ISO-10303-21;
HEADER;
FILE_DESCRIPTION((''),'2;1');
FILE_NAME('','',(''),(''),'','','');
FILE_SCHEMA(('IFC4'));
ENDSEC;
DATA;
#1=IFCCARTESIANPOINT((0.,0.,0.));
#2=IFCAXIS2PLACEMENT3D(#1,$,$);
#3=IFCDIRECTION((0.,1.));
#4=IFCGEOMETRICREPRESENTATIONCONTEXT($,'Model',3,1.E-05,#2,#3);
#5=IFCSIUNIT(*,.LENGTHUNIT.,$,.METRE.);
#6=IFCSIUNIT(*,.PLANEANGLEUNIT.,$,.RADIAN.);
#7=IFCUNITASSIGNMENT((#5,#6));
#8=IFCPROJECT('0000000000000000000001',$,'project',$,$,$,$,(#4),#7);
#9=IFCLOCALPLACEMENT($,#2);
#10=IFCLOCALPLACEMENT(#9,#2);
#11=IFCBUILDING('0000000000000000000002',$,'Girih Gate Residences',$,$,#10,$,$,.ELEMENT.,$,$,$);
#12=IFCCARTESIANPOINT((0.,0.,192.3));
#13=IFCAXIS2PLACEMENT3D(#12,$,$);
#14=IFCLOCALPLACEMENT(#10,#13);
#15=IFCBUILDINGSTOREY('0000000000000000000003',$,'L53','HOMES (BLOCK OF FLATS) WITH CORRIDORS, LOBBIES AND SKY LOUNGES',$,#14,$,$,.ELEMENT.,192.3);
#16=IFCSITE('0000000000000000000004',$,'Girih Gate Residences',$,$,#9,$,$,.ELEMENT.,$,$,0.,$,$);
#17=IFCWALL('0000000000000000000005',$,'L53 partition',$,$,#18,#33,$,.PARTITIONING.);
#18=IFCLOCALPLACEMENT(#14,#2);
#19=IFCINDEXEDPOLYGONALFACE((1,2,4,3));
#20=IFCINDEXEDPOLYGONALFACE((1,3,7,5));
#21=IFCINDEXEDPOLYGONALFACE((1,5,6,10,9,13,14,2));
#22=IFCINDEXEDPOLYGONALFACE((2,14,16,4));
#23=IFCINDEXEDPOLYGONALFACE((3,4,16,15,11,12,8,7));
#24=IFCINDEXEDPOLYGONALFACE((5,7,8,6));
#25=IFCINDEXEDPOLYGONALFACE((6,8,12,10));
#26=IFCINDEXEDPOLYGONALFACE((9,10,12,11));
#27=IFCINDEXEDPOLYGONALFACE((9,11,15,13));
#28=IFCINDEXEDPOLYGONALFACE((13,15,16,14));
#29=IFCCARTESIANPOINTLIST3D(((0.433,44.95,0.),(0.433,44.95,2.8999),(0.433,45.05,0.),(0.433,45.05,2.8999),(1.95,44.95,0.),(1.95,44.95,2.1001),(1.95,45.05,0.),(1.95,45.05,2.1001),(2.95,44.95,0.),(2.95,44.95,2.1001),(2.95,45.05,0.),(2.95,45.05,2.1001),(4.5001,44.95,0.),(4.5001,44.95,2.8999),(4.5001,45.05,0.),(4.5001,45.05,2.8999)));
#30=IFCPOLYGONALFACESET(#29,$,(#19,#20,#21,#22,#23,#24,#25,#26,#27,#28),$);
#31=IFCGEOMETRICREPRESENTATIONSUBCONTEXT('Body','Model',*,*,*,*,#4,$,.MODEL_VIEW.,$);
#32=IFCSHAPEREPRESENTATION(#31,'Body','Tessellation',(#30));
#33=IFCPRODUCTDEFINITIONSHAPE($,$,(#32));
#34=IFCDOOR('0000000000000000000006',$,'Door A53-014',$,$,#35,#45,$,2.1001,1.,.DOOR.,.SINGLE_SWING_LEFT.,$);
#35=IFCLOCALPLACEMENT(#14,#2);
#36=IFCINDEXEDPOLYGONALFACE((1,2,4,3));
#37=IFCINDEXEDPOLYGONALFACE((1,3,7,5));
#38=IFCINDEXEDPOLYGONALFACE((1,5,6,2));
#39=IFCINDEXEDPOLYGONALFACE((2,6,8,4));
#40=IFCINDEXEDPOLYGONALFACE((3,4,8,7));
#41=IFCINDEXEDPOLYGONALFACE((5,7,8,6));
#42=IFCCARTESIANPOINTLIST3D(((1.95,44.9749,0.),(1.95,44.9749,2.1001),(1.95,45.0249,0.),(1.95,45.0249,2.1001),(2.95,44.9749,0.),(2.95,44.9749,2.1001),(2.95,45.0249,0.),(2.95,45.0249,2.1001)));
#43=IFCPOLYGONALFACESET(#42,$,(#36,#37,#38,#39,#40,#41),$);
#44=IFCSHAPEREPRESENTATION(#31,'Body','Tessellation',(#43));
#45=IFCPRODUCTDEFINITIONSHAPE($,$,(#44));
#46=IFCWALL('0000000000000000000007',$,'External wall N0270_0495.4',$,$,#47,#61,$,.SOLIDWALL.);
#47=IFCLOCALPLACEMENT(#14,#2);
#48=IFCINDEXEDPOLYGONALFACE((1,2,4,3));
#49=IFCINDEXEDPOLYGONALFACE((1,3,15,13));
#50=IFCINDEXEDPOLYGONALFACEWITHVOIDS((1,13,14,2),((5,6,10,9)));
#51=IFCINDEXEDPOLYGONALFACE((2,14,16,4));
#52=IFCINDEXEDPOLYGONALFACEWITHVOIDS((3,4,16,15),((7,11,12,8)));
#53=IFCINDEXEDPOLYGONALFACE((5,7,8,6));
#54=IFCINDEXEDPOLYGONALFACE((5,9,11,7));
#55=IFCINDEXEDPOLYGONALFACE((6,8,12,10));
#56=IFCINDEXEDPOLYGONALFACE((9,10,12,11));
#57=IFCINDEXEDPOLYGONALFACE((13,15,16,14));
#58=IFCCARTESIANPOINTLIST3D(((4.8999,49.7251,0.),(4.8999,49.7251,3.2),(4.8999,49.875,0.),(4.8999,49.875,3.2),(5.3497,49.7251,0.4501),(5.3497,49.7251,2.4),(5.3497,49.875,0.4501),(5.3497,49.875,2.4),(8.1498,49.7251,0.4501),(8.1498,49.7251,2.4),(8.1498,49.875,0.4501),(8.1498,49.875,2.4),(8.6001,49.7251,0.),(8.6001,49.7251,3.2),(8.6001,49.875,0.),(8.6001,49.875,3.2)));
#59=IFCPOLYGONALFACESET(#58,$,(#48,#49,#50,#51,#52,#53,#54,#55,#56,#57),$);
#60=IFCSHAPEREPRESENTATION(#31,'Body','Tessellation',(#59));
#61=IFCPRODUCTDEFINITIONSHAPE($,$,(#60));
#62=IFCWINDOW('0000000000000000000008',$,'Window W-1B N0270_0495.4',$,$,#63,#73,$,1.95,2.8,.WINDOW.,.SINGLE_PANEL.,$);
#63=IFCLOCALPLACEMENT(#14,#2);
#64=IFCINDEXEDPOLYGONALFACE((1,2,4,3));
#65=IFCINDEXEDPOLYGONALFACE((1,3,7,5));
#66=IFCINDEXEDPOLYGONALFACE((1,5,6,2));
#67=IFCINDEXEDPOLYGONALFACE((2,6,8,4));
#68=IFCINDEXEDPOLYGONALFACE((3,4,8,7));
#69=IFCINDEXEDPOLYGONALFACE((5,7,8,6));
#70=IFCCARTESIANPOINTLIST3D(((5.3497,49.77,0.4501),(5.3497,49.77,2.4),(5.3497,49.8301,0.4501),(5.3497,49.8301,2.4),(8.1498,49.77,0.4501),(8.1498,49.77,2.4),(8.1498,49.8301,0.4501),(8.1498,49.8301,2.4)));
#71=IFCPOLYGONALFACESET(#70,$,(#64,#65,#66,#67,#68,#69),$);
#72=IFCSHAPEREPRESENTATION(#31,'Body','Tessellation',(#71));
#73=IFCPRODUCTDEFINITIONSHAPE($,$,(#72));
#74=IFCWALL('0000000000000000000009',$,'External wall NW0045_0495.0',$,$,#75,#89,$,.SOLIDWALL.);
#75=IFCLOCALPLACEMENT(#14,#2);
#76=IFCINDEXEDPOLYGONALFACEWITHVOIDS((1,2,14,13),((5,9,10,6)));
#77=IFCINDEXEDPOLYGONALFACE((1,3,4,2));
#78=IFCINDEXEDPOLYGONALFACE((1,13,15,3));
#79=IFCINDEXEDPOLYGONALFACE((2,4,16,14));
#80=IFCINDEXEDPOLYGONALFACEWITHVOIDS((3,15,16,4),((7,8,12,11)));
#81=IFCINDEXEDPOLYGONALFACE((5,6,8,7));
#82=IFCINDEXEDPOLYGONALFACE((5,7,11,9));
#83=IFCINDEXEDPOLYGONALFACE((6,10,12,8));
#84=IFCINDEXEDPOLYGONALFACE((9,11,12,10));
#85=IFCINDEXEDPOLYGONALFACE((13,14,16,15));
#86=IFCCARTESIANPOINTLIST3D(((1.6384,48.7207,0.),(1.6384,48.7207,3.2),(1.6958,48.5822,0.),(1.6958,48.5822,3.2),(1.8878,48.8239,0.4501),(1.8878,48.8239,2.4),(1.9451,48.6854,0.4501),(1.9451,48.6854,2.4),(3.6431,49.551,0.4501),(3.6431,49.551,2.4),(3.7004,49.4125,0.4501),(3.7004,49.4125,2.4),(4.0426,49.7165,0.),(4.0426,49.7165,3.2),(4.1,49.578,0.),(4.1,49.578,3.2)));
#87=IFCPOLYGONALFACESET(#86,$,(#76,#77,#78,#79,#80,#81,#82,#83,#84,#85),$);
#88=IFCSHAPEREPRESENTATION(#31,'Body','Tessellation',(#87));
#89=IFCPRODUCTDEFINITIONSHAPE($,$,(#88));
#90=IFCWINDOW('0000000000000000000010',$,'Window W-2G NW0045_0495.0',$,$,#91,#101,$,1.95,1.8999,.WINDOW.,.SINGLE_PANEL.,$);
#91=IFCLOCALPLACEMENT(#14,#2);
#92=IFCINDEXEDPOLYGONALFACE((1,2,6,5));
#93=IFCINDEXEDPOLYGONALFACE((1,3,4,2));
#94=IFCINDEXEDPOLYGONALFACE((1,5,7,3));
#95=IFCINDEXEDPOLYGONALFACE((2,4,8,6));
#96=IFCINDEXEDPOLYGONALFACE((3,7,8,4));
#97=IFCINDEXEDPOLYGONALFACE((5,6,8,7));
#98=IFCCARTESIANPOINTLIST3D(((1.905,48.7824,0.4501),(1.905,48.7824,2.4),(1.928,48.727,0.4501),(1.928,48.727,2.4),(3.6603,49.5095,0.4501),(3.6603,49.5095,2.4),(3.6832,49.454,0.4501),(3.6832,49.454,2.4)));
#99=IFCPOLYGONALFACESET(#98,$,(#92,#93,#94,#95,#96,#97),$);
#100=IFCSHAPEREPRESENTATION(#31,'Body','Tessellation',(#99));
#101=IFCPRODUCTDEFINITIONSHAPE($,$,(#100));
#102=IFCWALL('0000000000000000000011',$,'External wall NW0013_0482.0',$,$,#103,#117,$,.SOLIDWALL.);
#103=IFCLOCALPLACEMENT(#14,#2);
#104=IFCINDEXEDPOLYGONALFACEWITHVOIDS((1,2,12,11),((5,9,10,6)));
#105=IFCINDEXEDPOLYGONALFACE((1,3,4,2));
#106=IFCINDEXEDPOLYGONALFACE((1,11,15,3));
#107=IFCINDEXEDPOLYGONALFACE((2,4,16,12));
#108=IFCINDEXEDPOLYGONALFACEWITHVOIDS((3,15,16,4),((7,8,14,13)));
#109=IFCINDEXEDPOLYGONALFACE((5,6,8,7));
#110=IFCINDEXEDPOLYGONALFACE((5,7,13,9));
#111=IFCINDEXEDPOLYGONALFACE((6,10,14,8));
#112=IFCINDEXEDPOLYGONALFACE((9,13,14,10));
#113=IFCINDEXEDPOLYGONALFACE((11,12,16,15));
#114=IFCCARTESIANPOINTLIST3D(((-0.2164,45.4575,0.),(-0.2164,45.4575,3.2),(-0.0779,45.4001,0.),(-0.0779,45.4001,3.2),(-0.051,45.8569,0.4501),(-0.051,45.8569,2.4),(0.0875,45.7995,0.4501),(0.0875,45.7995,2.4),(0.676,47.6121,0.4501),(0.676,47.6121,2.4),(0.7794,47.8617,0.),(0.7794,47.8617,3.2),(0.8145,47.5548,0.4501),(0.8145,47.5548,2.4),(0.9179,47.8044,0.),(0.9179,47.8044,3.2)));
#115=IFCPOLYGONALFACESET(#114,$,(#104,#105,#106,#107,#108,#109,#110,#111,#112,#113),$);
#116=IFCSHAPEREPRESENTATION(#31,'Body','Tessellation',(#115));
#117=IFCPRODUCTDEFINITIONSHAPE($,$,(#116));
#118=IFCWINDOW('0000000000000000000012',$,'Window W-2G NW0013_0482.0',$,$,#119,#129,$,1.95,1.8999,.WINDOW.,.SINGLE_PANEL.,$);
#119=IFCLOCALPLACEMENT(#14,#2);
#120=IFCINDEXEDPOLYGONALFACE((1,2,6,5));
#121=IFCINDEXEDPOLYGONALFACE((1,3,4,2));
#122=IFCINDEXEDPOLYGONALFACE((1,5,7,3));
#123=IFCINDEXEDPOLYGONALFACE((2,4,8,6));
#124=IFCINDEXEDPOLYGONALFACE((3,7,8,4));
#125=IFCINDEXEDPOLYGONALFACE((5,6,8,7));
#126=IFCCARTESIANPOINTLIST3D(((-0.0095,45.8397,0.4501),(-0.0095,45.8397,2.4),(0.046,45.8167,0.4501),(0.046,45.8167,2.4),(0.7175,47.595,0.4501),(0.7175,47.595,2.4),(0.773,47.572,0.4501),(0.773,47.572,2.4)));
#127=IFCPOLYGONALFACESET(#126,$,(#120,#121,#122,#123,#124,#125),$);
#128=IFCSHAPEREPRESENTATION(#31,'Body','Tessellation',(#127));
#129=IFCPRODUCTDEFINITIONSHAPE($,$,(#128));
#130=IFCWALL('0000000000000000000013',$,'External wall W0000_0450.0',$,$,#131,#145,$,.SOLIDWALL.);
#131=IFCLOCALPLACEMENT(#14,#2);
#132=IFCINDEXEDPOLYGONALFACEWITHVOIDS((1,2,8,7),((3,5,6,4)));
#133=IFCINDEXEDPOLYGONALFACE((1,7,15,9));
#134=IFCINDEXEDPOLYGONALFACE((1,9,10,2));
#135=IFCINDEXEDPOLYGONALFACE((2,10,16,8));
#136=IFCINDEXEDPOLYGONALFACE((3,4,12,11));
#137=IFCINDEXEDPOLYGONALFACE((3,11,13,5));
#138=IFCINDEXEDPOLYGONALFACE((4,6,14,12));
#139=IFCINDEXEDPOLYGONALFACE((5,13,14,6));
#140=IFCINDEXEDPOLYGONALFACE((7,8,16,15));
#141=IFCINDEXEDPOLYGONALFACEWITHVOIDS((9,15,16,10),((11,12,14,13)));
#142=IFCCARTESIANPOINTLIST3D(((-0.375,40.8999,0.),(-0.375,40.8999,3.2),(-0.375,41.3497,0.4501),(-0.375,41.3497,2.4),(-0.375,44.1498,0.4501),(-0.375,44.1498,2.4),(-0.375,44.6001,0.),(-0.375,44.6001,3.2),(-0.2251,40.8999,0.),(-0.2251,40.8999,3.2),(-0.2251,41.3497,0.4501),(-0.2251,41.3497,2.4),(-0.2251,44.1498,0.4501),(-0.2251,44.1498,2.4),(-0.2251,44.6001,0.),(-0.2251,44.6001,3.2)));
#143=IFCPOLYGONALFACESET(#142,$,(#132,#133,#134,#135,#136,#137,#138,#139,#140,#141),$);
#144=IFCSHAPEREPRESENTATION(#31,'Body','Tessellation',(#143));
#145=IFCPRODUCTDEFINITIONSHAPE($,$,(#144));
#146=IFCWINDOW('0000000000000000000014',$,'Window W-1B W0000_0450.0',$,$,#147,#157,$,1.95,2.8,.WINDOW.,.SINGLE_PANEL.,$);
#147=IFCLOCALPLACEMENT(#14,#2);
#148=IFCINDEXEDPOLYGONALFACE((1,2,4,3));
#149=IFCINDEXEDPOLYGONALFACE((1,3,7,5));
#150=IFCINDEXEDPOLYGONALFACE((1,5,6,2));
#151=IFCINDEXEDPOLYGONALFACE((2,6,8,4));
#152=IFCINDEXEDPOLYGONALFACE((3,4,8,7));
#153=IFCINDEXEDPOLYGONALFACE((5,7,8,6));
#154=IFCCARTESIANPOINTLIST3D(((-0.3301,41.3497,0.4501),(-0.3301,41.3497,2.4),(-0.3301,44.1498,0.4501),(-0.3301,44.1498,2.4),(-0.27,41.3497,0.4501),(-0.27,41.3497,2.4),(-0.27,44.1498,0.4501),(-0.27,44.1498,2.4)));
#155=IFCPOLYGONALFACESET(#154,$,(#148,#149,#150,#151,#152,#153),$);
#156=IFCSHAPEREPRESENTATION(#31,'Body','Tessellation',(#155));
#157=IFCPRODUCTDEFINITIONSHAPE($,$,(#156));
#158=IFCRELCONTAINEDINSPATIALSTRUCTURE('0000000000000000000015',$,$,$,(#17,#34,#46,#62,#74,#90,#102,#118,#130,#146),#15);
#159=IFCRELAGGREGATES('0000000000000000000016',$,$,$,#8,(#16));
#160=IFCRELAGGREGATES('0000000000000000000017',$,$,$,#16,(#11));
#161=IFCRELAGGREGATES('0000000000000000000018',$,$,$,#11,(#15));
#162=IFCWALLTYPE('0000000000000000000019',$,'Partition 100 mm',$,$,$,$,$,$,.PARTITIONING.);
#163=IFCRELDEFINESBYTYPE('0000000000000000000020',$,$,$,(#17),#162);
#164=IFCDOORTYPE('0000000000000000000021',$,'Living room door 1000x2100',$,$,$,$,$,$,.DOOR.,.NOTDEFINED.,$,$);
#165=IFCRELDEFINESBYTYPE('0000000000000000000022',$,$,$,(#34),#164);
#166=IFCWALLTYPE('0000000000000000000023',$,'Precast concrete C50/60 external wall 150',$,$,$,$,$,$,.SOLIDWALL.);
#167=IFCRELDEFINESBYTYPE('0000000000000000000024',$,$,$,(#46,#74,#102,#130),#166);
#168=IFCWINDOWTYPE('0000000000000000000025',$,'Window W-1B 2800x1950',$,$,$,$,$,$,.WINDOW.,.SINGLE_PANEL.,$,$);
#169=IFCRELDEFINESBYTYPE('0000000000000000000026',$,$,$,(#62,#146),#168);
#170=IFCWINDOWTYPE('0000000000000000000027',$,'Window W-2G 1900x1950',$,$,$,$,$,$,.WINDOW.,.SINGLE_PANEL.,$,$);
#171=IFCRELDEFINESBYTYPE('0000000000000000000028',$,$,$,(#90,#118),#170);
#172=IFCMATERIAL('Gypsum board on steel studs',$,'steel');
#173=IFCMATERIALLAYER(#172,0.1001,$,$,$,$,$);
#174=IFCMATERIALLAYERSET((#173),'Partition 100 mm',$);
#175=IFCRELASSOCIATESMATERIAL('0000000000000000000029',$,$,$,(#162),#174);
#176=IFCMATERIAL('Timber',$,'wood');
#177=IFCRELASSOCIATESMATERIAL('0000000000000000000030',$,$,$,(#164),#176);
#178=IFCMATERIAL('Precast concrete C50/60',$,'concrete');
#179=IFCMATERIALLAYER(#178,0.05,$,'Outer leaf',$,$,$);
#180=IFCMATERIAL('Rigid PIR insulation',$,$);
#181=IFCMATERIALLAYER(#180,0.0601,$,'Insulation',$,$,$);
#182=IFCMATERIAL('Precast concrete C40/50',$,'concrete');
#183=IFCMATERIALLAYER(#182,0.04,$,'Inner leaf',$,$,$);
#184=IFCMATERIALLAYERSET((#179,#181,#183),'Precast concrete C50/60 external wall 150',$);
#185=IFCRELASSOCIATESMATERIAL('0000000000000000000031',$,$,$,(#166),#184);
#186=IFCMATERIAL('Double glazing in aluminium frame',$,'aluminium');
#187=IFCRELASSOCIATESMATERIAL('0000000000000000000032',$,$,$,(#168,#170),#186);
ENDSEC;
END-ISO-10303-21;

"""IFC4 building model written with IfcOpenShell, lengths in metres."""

from ifc_helpers import new_model, si_unit, direction, frame, frame_2d, origin, place, context, subcontext, project, spatial, rectangle, extrude, material, layer, layer_set, type_object, element, fill, save


model = new_model("IFC4")

# Units and contexts
model_context = context("Model", 3, precision=1e-05, world=origin(), true_north=direction((0.0, 1.0)))
body_context = subcontext(model_context, "Body", "Model", "MODEL_VIEW")
ifc_project = project(units=[si_unit("LENGTHUNIT", "METRE"), si_unit("PLANEANGLEUNIT", "RADIAN")], contexts=[model_context])

# Site, building, storey
site_placement = place(None, origin())
site = spatial("IfcSite", under=ifc_project, at=site_placement, Name="Girih Gate Residences", CompositionType="ELEMENT", RefElevation=0.0)
building_placement = place(site_placement, origin())
building = spatial("IfcBuilding", under=site, at=building_placement, Name="Girih Gate Residences", CompositionType="ELEMENT")
storey_placement = place(building_placement, frame((0.0, 0.0, 192.3)))
storey = spatial("IfcBuildingStorey", under=building, at=storey_placement, Name="L53", Description="HOMES (BLOCK OF FLATS) WITH CORRIDORS, LOBBIES AND SKY LOUNGES", CompositionType="ELEMENT", Elevation=192.3)

# Shared definitions
ifc_material_1 = material(Name="Gypsum board on steel studs", Category="steel")

# Shared definitions
ifc_material_2 = material(Name="Timber", Category="wood")
ifc_layer_1 = layer(ifc_material_1, 0.1001)
ifc_layer_set_1 = layer_set([ifc_layer_1], Name="Partition 100 mm")
wall_type_1 = type_object("IfcWallType", Name="Partition 100 mm", PredefinedType="PARTITIONING", material=ifc_layer_set_1)

# Wall, opening, door
wall_1_placement = place(storey_placement, frame((0.4329, 45.0, 0.0), z_axis=(0.0, 0.0, 1.0), x_axis=(1.0, 0.0, 0.0)))
wall_1 = element("IfcWall", 1, at=wall_1_placement, inside=storey, type_object=wall_type_1, Name="L53 partition", PredefinedType="PARTITIONING", context=body_context, shape_type="SweptSolid", body=[
    extrude(rectangle(XDim=4.0671, YDim=0.1001, at=frame_2d((2.0337, 0.0))), origin(), (0.0, 0.0, 1.0), 2.8999),
])
opening_1_placement = place(wall_1_placement, frame((1.5171, 0.0, 0.0)))
opening_1 = element("IfcOpeningElement", 2, at=opening_1_placement, cuts=wall_1, PredefinedType="OPENING", context=body_context, shape_type="SweptSolid", body=[
    extrude(rectangle(XDim=1.0, YDim=2.1001, at=frame_2d((0.5, 1.05))), frame((0.0, 0.0601, 0.0), z_axis=(0.0, -1.0, 0.0), x_axis=(1.0, 0.0, 0.0)), (0.0, 0.0, 1.0), 0.1201),
])
door_type_1 = type_object("IfcDoorType", Name="Living room door 1000x2100", OperationType="NOTDEFINED", PredefinedType="DOOR", material=ifc_material_2)
door_1_placement = place(opening_1_placement, origin())
door_1 = element("IfcDoor", 3, at=door_1_placement, inside=storey, type_object=door_type_1, Name="Door A53-014", OperationType="SINGLE_SWING_LEFT", OverallHeight=2.1001, OverallWidth=1.0, PredefinedType="DOOR", context=body_context, shape_type="SweptSolid", body=[
    extrude(rectangle(XDim=1.0, YDim=2.1001, at=frame_2d((0.5, 1.05))), frame((0.0, 0.0249, 0.0), z_axis=(0.0, -1.0, 0.0), x_axis=(1.0, 0.0, 0.0)), (0.0, 0.0, 1.0), 0.05),
])
fill(opening_1, door_1)

# Walls, openings, windows
ifc_material_3 = material(Name="Precast concrete C50/60", Category="concrete")
ifc_layer_2 = layer(ifc_material_3, 0.05, Name="Outer leaf")
ifc_material_4 = material(Name="Rigid PIR insulation")
ifc_layer_3 = layer(ifc_material_4, 0.0601, Name="Insulation")
ifc_material_5 = material(Name="Precast concrete C40/50", Category="concrete")
ifc_layer_4 = layer(ifc_material_5, 0.04, Name="Inner leaf")
ifc_layer_set_2 = layer_set([ifc_layer_2, ifc_layer_3, ifc_layer_4], Name="Precast concrete C50/60 external wall 150")
wall_type_2 = type_object("IfcWallType", Name="Precast concrete C50/60 external wall 150", PredefinedType="SOLIDWALL", material=ifc_layer_set_2)
wall_2_placement = place(storey_placement, frame((4.8999, 49.8, 0.0), z_axis=(0.0, 0.0, 1.0), x_axis=(1.0, 0.0, 0.0)))
wall_2 = element("IfcWall", 4, at=wall_2_placement, inside=storey, type_object=wall_type_2, Name="External wall N0270_0495.4", PredefinedType="SOLIDWALL", context=body_context, shape_type="SweptSolid", body=[
    extrude(rectangle(XDim=3.7002, YDim=0.1499, at=frame_2d((1.8501, 0.0))), origin(), (0.0, 0.0, 1.0), 3.2),
])
opening_2_placement = place(wall_2_placement, frame((0.45, 0.0, 0.45)))
opening_2 = element("IfcOpeningElement", 5, at=opening_2_placement, cuts=wall_2, PredefinedType="OPENING", context=body_context, shape_type="SweptSolid", body=[
    extrude(rectangle(XDim=2.8, YDim=1.95, at=frame_2d((1.3999, 0.9751))), frame((0.0, 0.085, 0.0), z_axis=(0.0, -1.0, 0.0), x_axis=(1.0, 0.0, 0.0)), (0.0, 0.0, 1.0), 0.1699),
])
ifc_material_6 = material(Name="Double glazing in aluminium frame", Category="aluminium")
window_type_1 = type_object("IfcWindowType", Name="Window W-1B 2800x1950", PartitioningType="SINGLE_PANEL", PredefinedType="WINDOW", material=ifc_material_6)
window_1_placement = place(opening_2_placement, origin())
window_1 = element("IfcWindow", 6, at=window_1_placement, inside=storey, type_object=window_type_1, Name="Window W-1B N0270_0495.4", OverallHeight=1.95, OverallWidth=2.8, PartitioningType="SINGLE_PANEL", PredefinedType="WINDOW", context=body_context, shape_type="SweptSolid", body=[
    extrude(rectangle(XDim=2.8, YDim=1.95, at=frame_2d((1.3999, 0.9751))), frame((0.0, 0.03, 0.0), z_axis=(0.0, -1.0, 0.0), x_axis=(1.0, 0.0, 0.0)), (0.0, 0.0, 1.0), 0.0601),
])
fill(opening_2, window_1)
wall_3_placement = place(storey_placement, frame((1.667, 48.6514, 0.0), z_axis=(0.0, 0.0, 1.0), x_axis=(0.923885, 0.382669, 0.0)))
wall_3 = element("IfcWall", 7, at=wall_3_placement, inside=storey, type_object=wall_type_2, Name="External wall NW0045_0495.0", PredefinedType="SOLIDWALL", context=body_context, shape_type="SweptSolid", body=[
    extrude(rectangle(XDim=2.6023, YDim=0.1499, at=frame_2d((1.3013, 0.0))), origin(), (0.0, 0.0, 1.0), 3.2),
])
opening_3_placement = place(wall_3_placement, frame((0.27, 0.0, 0.45)))
opening_3 = element("IfcOpeningElement", 8, at=opening_3_placement, cuts=wall_3, PredefinedType="OPENING", context=body_context, shape_type="SweptSolid", body=[
    extrude(rectangle(XDim=1.8999, YDim=1.95, at=frame_2d((0.95, 0.9751))), frame((0.0, 0.085, 0.0), z_axis=(0.0, -1.0, 0.0), x_axis=(1.0, 0.0, 0.0)), (0.0, 0.0, 1.0), 0.1699),
])
window_type_2 = type_object("IfcWindowType", Name="Window W-2G 1900x1950", PartitioningType="SINGLE_PANEL", PredefinedType="WINDOW", material=ifc_material_6)
window_2_placement = place(opening_3_placement, origin())
window_2 = element("IfcWindow", 9, at=window_2_placement, inside=storey, type_object=window_type_2, Name="Window W-2G NW0045_0495.0", OverallHeight=1.95, OverallWidth=1.8999, PartitioningType="SINGLE_PANEL", PredefinedType="WINDOW", context=body_context, shape_type="SweptSolid", body=[
    extrude(rectangle(XDim=1.8999, YDim=1.95, at=frame_2d((0.95, 0.9751))), frame((0.0, 0.03, 0.0), z_axis=(0.0, -1.0, 0.0), x_axis=(1.0, 0.0, 0.0)), (0.0, 0.0, 1.0), 0.0601),
])
fill(opening_3, window_2)
wall_4_placement = place(storey_placement, frame((-0.1472, 45.4287, 0.0), z_axis=(0.0, 0.0, 1.0), x_axis=(0.382669, 0.923885, 0.0)))
wall_4 = element("IfcWall", 10, at=wall_4_placement, inside=storey, type_object=wall_type_2, Name="External wall NW0013_0482.0", PredefinedType="SOLIDWALL", context=body_context, shape_type="SweptSolid", body=[
    extrude(rectangle(XDim=2.6023, YDim=0.1499, at=frame_2d((1.3013, 0.0))), origin(), (0.0, 0.0, 1.0), 3.2),
])
opening_4_placement = place(wall_4_placement, frame((0.4324, 0.0, 0.45)))
opening_4 = element("IfcOpeningElement", 11, at=opening_4_placement, cuts=wall_4, PredefinedType="OPENING", context=body_context, shape_type="SweptSolid", body=[
    extrude(rectangle(XDim=1.8999, YDim=1.95, at=frame_2d((0.95, 0.9751))), frame((0.0, 0.085, 0.0), z_axis=(0.0, -1.0, 0.0), x_axis=(1.0, 0.0, 0.0)), (0.0, 0.0, 1.0), 0.1699),
])
window_3_placement = place(opening_4_placement, origin())
window_3 = element("IfcWindow", 12, at=window_3_placement, inside=storey, type_object=window_type_2, Name="Window W-2G NW0013_0482.0", OverallHeight=1.95, OverallWidth=1.8999, PartitioningType="SINGLE_PANEL", PredefinedType="WINDOW", context=body_context, shape_type="SweptSolid", body=[
    extrude(rectangle(XDim=1.8999, YDim=1.95, at=frame_2d((0.95, 0.9751))), frame((0.0, 0.03, 0.0), z_axis=(0.0, -1.0, 0.0), x_axis=(1.0, 0.0, 0.0)), (0.0, 0.0, 1.0), 0.0601),
])
fill(opening_4, window_3)
wall_5_placement = place(storey_placement, frame((-0.3, 40.8999, 0.0), z_axis=(0.0, 0.0, 1.0), x_axis=(0.0, 1.0, 0.0)))
wall_5 = element("IfcWall", 13, at=wall_5_placement, inside=storey, type_object=wall_type_2, Name="External wall W0000_0450.0", PredefinedType="SOLIDWALL", context=body_context, shape_type="SweptSolid", body=[
    extrude(rectangle(XDim=3.7002, YDim=0.1499, at=frame_2d((1.8501, 0.0))), origin(), (0.0, 0.0, 1.0), 3.2),
])
opening_5_placement = place(wall_5_placement, frame((0.45, 0.0, 0.45)))
opening_5 = element("IfcOpeningElement", 14, at=opening_5_placement, cuts=wall_5, PredefinedType="OPENING", context=body_context, shape_type="SweptSolid", body=[
    extrude(rectangle(XDim=2.8, YDim=1.95, at=frame_2d((1.3999, 0.9751))), frame((0.0, 0.085, 0.0), z_axis=(0.0, -1.0, 0.0), x_axis=(1.0, 0.0, 0.0)), (0.0, 0.0, 1.0), 0.1699),
])
window_4_placement = place(opening_5_placement, origin())
window_4 = element("IfcWindow", 15, at=window_4_placement, inside=storey, type_object=window_type_1, Name="Window W-1B W0000_0450.0", OverallHeight=1.95, OverallWidth=2.8, PartitioningType="SINGLE_PANEL", PredefinedType="WINDOW", context=body_context, shape_type="SweptSolid", body=[
    extrude(rectangle(XDim=2.8, YDim=1.95, at=frame_2d((1.3999, 0.9751))), frame((0.0, 0.03, 0.0), z_axis=(0.0, -1.0, 0.0), x_axis=(1.0, 0.0, 0.0)), (0.0, 0.0, 1.0), 0.0601),
])
fill(opening_5, window_4)

save(model, "model.ifc")
